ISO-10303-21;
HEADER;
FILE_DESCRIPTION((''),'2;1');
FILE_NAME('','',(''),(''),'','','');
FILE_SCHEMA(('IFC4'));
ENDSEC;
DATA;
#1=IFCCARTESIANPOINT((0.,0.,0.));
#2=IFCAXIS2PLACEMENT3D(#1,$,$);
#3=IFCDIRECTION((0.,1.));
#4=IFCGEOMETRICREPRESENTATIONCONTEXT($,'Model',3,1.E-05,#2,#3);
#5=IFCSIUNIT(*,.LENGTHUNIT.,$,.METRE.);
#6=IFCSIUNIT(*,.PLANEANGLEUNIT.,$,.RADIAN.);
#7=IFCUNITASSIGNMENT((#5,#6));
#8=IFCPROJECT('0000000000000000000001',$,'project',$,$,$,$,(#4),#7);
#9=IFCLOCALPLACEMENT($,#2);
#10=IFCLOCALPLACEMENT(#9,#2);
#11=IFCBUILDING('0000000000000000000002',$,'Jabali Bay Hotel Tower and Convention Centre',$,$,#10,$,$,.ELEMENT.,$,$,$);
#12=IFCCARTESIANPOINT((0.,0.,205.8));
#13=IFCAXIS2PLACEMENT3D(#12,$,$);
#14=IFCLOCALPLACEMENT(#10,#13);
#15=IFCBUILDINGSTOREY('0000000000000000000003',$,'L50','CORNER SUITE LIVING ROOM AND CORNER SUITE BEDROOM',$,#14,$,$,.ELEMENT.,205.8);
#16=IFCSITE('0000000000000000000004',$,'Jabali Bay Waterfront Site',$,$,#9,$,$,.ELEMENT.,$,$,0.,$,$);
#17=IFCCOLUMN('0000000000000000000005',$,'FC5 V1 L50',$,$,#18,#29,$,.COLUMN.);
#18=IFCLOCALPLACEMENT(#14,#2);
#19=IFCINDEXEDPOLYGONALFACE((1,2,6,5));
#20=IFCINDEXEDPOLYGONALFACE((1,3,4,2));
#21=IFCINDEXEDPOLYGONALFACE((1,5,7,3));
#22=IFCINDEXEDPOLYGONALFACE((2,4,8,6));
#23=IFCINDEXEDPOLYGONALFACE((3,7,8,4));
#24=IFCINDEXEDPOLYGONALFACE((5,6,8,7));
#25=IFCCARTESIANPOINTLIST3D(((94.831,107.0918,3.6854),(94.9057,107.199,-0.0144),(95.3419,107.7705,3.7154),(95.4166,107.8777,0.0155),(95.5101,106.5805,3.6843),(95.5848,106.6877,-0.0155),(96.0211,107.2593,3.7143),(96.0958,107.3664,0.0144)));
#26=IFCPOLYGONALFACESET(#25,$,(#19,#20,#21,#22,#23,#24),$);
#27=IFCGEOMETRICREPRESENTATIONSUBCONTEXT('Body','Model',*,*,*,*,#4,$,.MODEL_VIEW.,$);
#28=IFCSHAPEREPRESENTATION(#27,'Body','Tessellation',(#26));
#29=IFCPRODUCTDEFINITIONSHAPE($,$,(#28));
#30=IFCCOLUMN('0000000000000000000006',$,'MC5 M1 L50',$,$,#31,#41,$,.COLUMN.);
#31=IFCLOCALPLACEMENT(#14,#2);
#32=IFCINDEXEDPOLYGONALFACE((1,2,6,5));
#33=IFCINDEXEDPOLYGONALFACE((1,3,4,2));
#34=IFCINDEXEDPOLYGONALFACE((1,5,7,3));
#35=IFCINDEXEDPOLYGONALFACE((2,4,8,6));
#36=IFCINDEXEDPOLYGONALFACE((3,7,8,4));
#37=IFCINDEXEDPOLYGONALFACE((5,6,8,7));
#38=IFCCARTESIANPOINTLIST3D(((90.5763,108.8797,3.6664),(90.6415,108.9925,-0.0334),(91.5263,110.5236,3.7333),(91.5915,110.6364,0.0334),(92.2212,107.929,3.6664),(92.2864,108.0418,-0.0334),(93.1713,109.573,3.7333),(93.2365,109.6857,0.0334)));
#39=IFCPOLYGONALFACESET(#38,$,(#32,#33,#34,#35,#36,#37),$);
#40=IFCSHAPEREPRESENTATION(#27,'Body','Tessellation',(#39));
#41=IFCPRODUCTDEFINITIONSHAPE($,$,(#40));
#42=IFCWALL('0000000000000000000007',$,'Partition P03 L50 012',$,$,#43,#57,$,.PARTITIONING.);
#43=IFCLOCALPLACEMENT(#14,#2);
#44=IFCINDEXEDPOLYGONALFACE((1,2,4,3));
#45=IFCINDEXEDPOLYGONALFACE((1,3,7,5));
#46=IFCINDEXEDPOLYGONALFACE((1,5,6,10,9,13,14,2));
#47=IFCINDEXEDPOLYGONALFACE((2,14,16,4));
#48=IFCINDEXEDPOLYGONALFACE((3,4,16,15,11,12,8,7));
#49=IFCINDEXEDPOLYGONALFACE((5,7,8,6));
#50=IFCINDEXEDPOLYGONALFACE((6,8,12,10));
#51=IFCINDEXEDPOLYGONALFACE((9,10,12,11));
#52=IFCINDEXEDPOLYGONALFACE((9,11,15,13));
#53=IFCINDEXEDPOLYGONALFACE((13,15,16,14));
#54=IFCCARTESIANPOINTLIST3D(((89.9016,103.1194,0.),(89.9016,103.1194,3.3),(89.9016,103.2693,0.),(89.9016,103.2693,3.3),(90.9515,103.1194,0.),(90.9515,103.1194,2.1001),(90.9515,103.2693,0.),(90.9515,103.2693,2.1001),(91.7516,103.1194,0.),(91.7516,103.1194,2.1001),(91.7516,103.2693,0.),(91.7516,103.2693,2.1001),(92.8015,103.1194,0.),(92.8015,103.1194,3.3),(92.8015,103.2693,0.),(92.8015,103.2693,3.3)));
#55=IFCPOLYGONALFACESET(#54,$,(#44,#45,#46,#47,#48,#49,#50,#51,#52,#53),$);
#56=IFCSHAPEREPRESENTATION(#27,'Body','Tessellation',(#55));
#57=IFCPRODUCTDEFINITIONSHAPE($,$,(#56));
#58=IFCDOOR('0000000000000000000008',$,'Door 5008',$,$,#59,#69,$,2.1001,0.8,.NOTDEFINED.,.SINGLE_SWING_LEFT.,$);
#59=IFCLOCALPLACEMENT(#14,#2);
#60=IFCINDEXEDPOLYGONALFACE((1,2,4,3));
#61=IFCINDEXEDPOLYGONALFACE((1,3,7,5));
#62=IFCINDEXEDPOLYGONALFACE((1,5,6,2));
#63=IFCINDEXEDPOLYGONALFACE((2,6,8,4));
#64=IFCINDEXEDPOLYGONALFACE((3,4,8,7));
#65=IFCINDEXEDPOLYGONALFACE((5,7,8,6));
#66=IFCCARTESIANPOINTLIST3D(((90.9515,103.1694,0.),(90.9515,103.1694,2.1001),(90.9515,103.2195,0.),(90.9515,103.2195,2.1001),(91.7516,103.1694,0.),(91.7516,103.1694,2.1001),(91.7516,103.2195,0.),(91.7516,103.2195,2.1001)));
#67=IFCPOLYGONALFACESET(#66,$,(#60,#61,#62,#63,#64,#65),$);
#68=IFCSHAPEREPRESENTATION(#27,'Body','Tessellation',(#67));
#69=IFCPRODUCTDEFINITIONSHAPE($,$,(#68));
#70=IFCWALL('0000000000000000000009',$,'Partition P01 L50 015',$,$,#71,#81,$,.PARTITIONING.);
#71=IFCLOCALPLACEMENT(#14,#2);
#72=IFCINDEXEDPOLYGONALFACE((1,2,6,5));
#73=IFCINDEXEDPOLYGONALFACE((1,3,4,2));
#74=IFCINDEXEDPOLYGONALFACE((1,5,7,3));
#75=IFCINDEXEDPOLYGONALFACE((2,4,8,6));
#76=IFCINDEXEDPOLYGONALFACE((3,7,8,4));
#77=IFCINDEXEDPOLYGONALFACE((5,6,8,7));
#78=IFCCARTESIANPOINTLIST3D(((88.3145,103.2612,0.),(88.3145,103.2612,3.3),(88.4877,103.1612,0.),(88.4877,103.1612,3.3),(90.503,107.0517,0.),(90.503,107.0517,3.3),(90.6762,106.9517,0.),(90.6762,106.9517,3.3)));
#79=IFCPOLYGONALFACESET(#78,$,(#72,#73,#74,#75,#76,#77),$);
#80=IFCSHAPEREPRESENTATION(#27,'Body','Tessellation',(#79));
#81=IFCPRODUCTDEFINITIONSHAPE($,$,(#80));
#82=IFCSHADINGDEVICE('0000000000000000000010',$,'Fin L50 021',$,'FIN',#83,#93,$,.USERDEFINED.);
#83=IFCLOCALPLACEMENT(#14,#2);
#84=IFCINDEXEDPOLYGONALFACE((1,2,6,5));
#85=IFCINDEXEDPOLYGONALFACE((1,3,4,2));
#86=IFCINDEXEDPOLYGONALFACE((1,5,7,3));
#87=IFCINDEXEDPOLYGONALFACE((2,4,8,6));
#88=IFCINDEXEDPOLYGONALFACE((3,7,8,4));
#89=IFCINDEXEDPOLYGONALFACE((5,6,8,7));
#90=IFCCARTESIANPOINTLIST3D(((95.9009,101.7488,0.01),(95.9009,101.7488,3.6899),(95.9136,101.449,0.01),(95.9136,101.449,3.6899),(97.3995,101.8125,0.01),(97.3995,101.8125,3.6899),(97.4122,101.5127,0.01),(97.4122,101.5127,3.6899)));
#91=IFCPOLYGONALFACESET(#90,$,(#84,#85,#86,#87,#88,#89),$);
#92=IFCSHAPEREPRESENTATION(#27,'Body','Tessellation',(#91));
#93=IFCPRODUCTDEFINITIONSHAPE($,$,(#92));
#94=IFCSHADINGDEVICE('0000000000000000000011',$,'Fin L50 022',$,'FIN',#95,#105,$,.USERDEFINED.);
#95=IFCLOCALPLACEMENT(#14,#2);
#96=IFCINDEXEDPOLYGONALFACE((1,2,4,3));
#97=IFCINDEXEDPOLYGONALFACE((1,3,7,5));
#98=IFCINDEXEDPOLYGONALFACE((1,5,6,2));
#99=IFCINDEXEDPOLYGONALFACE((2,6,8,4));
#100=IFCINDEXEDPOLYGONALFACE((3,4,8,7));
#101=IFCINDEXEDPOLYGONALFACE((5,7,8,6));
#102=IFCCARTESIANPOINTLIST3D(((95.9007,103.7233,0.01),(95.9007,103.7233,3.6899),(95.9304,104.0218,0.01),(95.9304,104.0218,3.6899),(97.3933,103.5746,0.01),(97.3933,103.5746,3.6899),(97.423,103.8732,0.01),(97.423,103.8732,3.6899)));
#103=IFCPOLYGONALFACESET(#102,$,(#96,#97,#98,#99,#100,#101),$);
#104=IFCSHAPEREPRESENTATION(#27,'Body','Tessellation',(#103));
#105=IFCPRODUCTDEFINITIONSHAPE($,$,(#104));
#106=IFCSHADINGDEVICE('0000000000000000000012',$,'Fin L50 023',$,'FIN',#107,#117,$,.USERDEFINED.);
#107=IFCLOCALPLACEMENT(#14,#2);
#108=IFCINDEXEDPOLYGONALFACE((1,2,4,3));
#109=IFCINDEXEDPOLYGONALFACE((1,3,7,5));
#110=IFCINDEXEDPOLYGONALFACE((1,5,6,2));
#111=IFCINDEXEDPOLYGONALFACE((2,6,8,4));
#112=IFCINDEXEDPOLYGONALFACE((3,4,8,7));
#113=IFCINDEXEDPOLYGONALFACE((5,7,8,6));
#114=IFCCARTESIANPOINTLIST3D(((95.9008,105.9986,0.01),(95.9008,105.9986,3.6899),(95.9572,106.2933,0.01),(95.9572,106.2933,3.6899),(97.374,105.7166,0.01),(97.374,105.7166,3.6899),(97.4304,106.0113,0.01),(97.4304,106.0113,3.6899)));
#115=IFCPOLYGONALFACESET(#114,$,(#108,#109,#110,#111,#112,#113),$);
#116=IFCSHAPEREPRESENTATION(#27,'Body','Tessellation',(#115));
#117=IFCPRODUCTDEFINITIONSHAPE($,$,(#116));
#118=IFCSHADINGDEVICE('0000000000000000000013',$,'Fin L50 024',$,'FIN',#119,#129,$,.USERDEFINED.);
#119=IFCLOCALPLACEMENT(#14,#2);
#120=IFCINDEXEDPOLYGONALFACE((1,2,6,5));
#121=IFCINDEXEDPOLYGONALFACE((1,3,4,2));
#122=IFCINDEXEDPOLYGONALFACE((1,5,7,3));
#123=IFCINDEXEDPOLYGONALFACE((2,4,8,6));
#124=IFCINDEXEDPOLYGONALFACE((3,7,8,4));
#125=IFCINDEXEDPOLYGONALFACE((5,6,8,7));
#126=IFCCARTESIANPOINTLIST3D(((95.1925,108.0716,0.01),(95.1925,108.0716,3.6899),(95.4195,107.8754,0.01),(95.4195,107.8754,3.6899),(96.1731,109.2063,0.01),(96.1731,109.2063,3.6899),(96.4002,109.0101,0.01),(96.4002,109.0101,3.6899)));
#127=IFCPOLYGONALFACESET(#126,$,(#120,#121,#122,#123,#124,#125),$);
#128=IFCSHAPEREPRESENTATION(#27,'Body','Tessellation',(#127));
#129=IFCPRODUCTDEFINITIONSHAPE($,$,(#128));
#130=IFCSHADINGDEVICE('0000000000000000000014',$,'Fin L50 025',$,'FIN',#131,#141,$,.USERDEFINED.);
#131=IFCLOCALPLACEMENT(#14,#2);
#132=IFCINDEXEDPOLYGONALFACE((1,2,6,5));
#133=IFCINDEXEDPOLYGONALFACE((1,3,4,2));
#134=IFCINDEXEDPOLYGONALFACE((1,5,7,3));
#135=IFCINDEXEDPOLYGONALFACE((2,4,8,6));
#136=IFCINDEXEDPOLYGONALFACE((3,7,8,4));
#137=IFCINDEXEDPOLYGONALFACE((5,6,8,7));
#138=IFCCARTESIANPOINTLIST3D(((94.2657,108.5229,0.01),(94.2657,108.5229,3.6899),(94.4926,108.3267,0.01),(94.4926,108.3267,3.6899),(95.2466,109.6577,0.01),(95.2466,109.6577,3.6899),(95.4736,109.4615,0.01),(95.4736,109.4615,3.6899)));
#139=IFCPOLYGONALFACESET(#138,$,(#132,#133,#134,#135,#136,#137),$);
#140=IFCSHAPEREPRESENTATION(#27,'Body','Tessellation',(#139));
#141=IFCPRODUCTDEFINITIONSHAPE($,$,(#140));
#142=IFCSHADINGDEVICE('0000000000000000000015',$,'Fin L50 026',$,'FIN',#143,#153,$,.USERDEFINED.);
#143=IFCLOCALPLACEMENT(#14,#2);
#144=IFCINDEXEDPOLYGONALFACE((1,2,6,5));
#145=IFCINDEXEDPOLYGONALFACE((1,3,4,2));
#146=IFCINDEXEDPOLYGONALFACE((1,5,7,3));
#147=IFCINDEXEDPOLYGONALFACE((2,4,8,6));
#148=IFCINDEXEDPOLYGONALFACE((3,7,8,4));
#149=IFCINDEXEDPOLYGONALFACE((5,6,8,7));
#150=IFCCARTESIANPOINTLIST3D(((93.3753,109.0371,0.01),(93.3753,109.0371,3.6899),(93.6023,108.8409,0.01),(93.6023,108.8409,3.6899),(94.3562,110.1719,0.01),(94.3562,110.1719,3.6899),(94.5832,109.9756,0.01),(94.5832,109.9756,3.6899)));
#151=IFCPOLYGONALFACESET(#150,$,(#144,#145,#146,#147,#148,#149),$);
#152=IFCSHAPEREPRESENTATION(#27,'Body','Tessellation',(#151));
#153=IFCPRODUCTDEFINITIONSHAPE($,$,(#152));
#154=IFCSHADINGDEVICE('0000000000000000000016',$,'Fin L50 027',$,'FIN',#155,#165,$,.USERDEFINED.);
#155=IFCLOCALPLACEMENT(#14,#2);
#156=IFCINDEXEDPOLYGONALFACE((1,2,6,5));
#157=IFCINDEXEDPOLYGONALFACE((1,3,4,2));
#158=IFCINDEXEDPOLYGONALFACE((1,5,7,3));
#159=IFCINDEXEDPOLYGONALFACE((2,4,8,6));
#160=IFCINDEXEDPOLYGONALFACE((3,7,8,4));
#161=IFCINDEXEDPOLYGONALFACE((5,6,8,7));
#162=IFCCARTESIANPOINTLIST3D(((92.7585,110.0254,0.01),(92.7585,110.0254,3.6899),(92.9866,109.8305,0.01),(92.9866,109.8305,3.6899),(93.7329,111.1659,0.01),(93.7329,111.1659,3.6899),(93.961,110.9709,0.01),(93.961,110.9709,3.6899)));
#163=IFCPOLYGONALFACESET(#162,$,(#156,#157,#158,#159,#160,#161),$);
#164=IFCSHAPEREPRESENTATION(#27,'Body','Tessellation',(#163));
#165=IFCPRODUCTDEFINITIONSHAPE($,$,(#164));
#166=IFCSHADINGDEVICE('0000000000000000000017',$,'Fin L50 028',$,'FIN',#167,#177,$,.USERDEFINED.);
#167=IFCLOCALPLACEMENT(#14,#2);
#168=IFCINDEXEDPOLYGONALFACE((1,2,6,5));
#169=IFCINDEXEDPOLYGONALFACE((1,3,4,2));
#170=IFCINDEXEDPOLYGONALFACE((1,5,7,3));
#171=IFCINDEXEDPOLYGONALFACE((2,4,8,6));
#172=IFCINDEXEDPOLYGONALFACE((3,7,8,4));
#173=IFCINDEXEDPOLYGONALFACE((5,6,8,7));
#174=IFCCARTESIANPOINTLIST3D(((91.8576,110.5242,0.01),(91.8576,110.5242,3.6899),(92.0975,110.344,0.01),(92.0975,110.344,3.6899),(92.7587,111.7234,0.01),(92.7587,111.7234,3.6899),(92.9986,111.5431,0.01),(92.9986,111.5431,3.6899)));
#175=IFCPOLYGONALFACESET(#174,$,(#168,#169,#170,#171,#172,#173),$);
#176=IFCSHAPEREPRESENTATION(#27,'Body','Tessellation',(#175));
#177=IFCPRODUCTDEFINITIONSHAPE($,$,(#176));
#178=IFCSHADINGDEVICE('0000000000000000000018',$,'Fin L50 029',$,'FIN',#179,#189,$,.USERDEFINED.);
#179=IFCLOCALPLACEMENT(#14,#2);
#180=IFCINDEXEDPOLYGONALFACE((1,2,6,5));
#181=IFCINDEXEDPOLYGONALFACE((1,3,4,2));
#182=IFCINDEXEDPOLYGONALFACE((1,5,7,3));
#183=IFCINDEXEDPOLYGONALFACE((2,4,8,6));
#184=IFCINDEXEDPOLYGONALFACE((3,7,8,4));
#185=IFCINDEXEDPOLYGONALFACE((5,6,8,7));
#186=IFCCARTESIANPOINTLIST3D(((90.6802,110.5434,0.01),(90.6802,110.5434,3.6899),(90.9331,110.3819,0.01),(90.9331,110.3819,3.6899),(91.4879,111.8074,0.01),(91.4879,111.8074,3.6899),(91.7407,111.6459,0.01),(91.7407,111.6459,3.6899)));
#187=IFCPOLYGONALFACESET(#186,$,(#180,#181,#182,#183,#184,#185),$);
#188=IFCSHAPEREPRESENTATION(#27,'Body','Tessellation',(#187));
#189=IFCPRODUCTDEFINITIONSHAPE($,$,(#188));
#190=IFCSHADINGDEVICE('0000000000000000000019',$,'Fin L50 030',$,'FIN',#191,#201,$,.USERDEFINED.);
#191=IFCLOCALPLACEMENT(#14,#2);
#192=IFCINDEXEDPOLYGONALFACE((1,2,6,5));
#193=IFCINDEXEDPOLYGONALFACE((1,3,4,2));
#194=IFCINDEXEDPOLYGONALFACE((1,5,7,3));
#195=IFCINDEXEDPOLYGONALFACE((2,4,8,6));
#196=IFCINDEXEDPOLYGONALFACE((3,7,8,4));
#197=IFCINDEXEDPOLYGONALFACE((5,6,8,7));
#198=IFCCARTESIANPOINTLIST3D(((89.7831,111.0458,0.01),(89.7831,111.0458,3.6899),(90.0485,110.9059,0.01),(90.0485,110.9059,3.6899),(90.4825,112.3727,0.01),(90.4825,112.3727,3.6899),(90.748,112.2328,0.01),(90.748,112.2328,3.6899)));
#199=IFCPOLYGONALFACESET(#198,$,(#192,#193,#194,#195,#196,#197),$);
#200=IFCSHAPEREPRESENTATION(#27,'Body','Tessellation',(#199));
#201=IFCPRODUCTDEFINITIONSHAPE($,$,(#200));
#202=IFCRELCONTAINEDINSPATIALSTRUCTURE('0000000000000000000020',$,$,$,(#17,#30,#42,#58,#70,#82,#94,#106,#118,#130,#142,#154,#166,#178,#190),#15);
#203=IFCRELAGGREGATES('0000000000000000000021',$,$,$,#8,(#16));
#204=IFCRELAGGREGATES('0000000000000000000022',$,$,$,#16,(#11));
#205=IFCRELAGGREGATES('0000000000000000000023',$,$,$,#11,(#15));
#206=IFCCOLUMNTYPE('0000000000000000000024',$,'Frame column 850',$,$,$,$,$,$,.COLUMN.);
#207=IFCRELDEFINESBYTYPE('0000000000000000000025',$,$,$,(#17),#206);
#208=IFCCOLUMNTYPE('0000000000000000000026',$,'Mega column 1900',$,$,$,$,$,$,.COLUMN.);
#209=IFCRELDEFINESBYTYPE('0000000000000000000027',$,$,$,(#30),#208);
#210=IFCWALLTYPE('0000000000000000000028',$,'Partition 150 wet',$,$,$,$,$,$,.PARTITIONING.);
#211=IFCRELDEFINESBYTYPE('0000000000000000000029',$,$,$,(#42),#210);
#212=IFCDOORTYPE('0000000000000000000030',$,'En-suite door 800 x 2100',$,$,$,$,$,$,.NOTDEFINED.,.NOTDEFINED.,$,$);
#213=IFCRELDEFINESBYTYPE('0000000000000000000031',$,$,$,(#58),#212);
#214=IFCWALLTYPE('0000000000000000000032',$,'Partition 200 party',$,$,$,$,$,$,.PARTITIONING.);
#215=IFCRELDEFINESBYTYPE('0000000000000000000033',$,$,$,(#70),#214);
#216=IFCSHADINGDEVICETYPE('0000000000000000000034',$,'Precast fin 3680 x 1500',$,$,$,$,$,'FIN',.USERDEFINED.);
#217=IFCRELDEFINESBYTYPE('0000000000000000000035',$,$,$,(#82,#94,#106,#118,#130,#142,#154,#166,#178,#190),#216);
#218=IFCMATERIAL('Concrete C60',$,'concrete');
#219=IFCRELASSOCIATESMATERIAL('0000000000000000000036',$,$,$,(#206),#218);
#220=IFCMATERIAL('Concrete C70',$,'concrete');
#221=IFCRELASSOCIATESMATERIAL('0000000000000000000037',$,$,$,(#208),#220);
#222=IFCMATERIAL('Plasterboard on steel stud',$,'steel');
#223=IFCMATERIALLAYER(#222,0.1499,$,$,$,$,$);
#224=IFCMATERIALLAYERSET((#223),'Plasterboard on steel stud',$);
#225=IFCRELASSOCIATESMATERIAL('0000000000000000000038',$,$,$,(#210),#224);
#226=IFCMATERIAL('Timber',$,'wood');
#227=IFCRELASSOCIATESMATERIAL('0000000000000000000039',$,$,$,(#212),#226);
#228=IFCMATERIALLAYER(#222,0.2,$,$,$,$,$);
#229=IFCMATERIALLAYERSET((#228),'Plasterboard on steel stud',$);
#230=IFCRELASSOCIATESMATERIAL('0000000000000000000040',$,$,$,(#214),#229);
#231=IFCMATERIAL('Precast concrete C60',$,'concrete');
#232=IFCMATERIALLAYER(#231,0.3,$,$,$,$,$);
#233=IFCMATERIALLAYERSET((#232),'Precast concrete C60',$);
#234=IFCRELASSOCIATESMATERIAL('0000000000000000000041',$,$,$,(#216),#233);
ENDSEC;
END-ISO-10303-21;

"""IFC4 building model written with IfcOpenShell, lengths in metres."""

from ifc_helpers import new_model, si_unit, direction, frame, frame_2d, origin, origin_2d, place, context, subcontext, project, spatial, rectangle, extrude, material, layer, layer_set, material_profile, profile_set, type_object, element, fill, save


model = new_model("IFC4")

# Units and contexts
model_context = context("Model", 3, precision=1e-05, world=origin(), true_north=direction((0.0, 1.0)))
body_context = subcontext(model_context, "Body", "Model", "MODEL_VIEW")
ifc_project = project(units=[si_unit("LENGTHUNIT", "METRE"), si_unit("PLANEANGLEUNIT", "RADIAN")], contexts=[model_context])

# Site, building, storey
site_placement = place(None, origin())
site = spatial("IfcSite", under=ifc_project, at=site_placement, Name="Jabali Bay Waterfront Site", CompositionType="ELEMENT", RefElevation=0.0)
building_placement = place(site_placement, origin())
building = spatial("IfcBuilding", under=site, at=building_placement, Name="Jabali Bay Hotel Tower and Convention Centre", CompositionType="ELEMENT")
storey_placement = place(building_placement, frame((0.0, 0.0, 205.8)))
storey = spatial("IfcBuildingStorey", under=building, at=storey_placement, Name="L50", Description="CORNER SUITE LIVING ROOM AND CORNER SUITE BEDROOM", CompositionType="ELEMENT", Elevation=205.8)

# Columns
ifc_material_1 = material(Name="Concrete C60", Category="concrete")
ifc_material_profile_1 = material_profile(ifc_material_1, rectangle(XDim=0.8501, YDim=0.8501, at=origin_2d()), Name="Frame column 850")
ifc_profile_set_1 = profile_set([ifc_material_profile_1], Name="Concrete C60")
column_type_1 = type_object("IfcColumnType", Name="Frame column 850", PredefinedType="COLUMN", material=ifc_profile_set_1)
column_1_placement = place(storey_placement, frame((95.5007, 107.2827, 0.0), z_axis=(-0.020179, -0.028949, 0.999377), x_axis=(0.601095, 0.798399, 0.035264)))
element("IfcColumn", 1, at=column_1_placement, inside=storey, type_object=column_type_1, Name="FC5 V1 L50", PredefinedType="COLUMN", context=body_context, shape_type="SweptSolid", body=[
    extrude(rectangle(XDim=0.8501, YDim=0.8501, at=origin_2d()), origin(), (0.0, 0.0, 1.0), 3.7021),
])
ifc_material_2 = material(Name="Concrete C70", Category="concrete")
ifc_material_profile_2 = material_profile(ifc_material_2, rectangle(XDim=1.8999, YDim=1.8999, at=origin_2d()), Name="Mega column 1900")
ifc_profile_set_2 = profile_set([ifc_material_profile_2], Name="Concrete C70")
column_type_2 = type_object("IfcColumnType", Name="Mega column 1900", PredefinedType="COLUMN", material=ifc_profile_set_2)
column_2_placement = place(storey_placement, frame((91.939, 109.3391, 0.0), z_axis=(-0.017607, -0.030466, 0.999381), x_axis=(0.500065, 0.865273, 0.035188)))
element("IfcColumn", 2, at=column_2_placement, inside=storey, type_object=column_type_2, Name="MC5 M1 L50", PredefinedType="COLUMN", context=body_context, shape_type="SweptSolid", body=[
    extrude(rectangle(XDim=1.8999, YDim=1.8999, at=origin_2d()), origin(), (0.0, 0.0, 1.0), 3.7021),
])

# Wall, opening, door
ifc_material_3 = material(Name="Plasterboard on steel stud", Category="steel")
ifc_layer_1 = layer(ifc_material_3, 0.1499)
ifc_layer_set_1 = layer_set([ifc_layer_1], Name="Plasterboard on steel stud")
wall_type_1 = type_object("IfcWallType", Name="Partition 150 wet", PredefinedType="PARTITIONING", material=ifc_layer_set_1)
wall_1_placement = place(storey_placement, frame((92.8015, 103.1943, 0.0), z_axis=(0.0, 0.0, 1.0), x_axis=(-1.0, 0.0, 0.0)))
wall_1 = element("IfcWall", 3, at=wall_1_placement, inside=storey, type_object=wall_type_1, Name="Partition P03 L50 012", PredefinedType="PARTITIONING", context=body_context, shape_type="SweptSolid", body=[
    extrude(rectangle(XDim=2.8999, YDim=0.1499, at=frame_2d((1.45, 0.0))), origin(), (0.0, 0.0, 1.0), 3.3),
])
opening_1_placement = place(wall_1_placement, frame((1.05, 0.0, 0.0)))
opening_1 = element("IfcOpeningElement", 4, at=opening_1_placement, cuts=wall_1, PredefinedType="OPENING", context=body_context, shape_type="SweptSolid", body=[
    extrude(rectangle(XDim=0.8, YDim=2.1001, at=frame_2d((0.3999, 1.05))), frame((0.0, 0.0854, 0.0), z_axis=(0.0, -1.0, 0.0), x_axis=(1.0, 0.0, 0.0)), (0.0, 0.0, 1.0), 0.1709),
])
ifc_material_4 = material(Name="Timber", Category="wood")
door_type_1 = type_object("IfcDoorType", Name="En-suite door 800 x 2100", OperationType="NOTDEFINED", PredefinedType="NOTDEFINED", material=ifc_material_4)
door_1_placement = place(opening_1_placement, origin())
door_1 = element("IfcDoor", 5, at=door_1_placement, inside=storey, type_object=door_type_1, Name="Door 5008", OperationType="SINGLE_SWING_LEFT", OverallHeight=2.1001, OverallWidth=0.8, PredefinedType="NOTDEFINED", context=body_context, shape_type="SweptSolid", body=[
    extrude(rectangle(XDim=0.8, YDim=2.1001, at=frame_2d((0.3999, 1.05))), frame((0.0, 0.0249, 0.0), z_axis=(0.0, -1.0, 0.0), x_axis=(1.0, 0.0, 0.0)), (0.0, 0.0, 1.0), 0.05),
])
fill(opening_1, door_1)

# Wall
ifc_layer_2 = layer(ifc_material_3, 0.2)
ifc_layer_set_2 = layer_set([ifc_layer_2], Name="Plasterboard on steel stud")
wall_type_2 = type_object("IfcWallType", Name="Partition 200 party", PredefinedType="PARTITIONING", material=ifc_layer_set_2)
wall_2_placement = place(storey_placement, frame((90.5896, 107.0017, 0.0), z_axis=(0.0, 0.0, 1.0), x_axis=(-0.500002, -0.866024, 0.0)))
element("IfcWall", 6, at=wall_2_placement, inside=storey, type_object=wall_type_2, Name="Partition P01 L50 015", PredefinedType="PARTITIONING", context=body_context, shape_type="SweptSolid", body=[
    extrude(rectangle(XDim=4.377, YDim=0.2, at=frame_2d((2.1885, 0.0))), origin(), (0.0, 0.0, 1.0), 3.3),
])

# Shading devices
ifc_material_5 = material(Name="Precast concrete C60", Category="concrete")
ifc_layer_3 = layer(ifc_material_5, 0.3)
ifc_layer_set_3 = layer_set([ifc_layer_3], Name="Precast concrete C60")
shading_device_type = type_object("IfcShadingDeviceType", Name="Precast fin 3680 x 1500", ElementType="FIN", PredefinedType="USERDEFINED", material=ifc_layer_set_3)
for number, where, z_axis, x_axis, name in (
    (7, (95.9072, 101.5989, 0.01), (0.0, 0.0, 1.0), (0.999097, 0.042484, 0.0), "Fin L50 021"),
    (8, (95.9155, 103.8726, 0.01), (0.0, 0.0, 1.0), (0.995076, -0.099117, 0.0), "Fin L50 022"),
    (9, (95.929, 106.146, 0.01), (0.0, 0.0, 1.0), (0.982169, -0.188002, 0.0), "Fin L50 023"),
):
    element("IfcShadingDevice", number, at=place(storey_placement, frame(where, z_axis=z_axis, x_axis=x_axis)), inside=storey, type_object=shading_device_type, Name=name, ObjectType="FIN", PredefinedType="USERDEFINED", context=body_context, shape_type="SweptSolid", body=[
        extrude(rectangle(XDim=1.5, YDim=0.3, at=frame_2d((0.75, 0.0))), origin(), (0.0, 0.0, 1.0), 3.6799),
    ])
shading_device_placement = place(storey_placement, frame((95.3059, 107.9734, 0.01), z_axis=(0.0, 0.0, 1.0), x_axis=(0.653883, 0.756596, 0.0)))
element("IfcShadingDevice", 10, at=shading_device_placement, inside=storey, type_object=shading_device_type, Name="Fin L50 024", ObjectType="FIN", PredefinedType="USERDEFINED", context=body_context, shape_type="SweptSolid", body=[
    extrude(rectangle(XDim=1.4998, YDim=0.3, at=frame_2d((0.75, 0.0))), origin(), (0.0, 0.0, 1.0), 3.6799),
])
for number, where, z_axis, x_axis, name in (
    (11, (94.3792, 108.4248, 0.01), (0.0, 0.0, 1.0), (0.653976, 0.756516, 0.0), "Fin L50 025"),
    (12, (93.4888, 108.939, 0.01), (0.0, 0.0, 1.0), (0.653976, 0.756516, 0.0), "Fin L50 026"),
    (13, (92.8726, 109.928, 0.01), (0.0, 0.0, 1.0), (0.649598, 0.760278, 0.0), "Fin L50 027"),
    (14, (91.9775, 110.4341, 0.01), (0.0, 0.0, 1.0), (0.600729, 0.799453, 0.0), "Fin L50 028"),
    (15, (90.8066, 110.4626, 0.01), (0.0, 0.0, 1.0), (0.538444, 0.842661, 0.0), "Fin L50 029"),
    (16, (89.9158, 110.9758, 0.01), (0.0, 0.0, 1.0), (0.466317, 0.884618, 0.0), "Fin L50 030"),
):
    element("IfcShadingDevice", number, at=place(storey_placement, frame(where, z_axis=z_axis, x_axis=x_axis)), inside=storey, type_object=shading_device_type, Name=name, ObjectType="FIN", PredefinedType="USERDEFINED", context=body_context, shape_type="SweptSolid", body=[
        extrude(rectangle(XDim=1.5, YDim=0.3, at=frame_2d((0.75, 0.0))), origin(), (0.0, 0.0, 1.0), 3.6799),
    ])

save(model, "model.ifc")
